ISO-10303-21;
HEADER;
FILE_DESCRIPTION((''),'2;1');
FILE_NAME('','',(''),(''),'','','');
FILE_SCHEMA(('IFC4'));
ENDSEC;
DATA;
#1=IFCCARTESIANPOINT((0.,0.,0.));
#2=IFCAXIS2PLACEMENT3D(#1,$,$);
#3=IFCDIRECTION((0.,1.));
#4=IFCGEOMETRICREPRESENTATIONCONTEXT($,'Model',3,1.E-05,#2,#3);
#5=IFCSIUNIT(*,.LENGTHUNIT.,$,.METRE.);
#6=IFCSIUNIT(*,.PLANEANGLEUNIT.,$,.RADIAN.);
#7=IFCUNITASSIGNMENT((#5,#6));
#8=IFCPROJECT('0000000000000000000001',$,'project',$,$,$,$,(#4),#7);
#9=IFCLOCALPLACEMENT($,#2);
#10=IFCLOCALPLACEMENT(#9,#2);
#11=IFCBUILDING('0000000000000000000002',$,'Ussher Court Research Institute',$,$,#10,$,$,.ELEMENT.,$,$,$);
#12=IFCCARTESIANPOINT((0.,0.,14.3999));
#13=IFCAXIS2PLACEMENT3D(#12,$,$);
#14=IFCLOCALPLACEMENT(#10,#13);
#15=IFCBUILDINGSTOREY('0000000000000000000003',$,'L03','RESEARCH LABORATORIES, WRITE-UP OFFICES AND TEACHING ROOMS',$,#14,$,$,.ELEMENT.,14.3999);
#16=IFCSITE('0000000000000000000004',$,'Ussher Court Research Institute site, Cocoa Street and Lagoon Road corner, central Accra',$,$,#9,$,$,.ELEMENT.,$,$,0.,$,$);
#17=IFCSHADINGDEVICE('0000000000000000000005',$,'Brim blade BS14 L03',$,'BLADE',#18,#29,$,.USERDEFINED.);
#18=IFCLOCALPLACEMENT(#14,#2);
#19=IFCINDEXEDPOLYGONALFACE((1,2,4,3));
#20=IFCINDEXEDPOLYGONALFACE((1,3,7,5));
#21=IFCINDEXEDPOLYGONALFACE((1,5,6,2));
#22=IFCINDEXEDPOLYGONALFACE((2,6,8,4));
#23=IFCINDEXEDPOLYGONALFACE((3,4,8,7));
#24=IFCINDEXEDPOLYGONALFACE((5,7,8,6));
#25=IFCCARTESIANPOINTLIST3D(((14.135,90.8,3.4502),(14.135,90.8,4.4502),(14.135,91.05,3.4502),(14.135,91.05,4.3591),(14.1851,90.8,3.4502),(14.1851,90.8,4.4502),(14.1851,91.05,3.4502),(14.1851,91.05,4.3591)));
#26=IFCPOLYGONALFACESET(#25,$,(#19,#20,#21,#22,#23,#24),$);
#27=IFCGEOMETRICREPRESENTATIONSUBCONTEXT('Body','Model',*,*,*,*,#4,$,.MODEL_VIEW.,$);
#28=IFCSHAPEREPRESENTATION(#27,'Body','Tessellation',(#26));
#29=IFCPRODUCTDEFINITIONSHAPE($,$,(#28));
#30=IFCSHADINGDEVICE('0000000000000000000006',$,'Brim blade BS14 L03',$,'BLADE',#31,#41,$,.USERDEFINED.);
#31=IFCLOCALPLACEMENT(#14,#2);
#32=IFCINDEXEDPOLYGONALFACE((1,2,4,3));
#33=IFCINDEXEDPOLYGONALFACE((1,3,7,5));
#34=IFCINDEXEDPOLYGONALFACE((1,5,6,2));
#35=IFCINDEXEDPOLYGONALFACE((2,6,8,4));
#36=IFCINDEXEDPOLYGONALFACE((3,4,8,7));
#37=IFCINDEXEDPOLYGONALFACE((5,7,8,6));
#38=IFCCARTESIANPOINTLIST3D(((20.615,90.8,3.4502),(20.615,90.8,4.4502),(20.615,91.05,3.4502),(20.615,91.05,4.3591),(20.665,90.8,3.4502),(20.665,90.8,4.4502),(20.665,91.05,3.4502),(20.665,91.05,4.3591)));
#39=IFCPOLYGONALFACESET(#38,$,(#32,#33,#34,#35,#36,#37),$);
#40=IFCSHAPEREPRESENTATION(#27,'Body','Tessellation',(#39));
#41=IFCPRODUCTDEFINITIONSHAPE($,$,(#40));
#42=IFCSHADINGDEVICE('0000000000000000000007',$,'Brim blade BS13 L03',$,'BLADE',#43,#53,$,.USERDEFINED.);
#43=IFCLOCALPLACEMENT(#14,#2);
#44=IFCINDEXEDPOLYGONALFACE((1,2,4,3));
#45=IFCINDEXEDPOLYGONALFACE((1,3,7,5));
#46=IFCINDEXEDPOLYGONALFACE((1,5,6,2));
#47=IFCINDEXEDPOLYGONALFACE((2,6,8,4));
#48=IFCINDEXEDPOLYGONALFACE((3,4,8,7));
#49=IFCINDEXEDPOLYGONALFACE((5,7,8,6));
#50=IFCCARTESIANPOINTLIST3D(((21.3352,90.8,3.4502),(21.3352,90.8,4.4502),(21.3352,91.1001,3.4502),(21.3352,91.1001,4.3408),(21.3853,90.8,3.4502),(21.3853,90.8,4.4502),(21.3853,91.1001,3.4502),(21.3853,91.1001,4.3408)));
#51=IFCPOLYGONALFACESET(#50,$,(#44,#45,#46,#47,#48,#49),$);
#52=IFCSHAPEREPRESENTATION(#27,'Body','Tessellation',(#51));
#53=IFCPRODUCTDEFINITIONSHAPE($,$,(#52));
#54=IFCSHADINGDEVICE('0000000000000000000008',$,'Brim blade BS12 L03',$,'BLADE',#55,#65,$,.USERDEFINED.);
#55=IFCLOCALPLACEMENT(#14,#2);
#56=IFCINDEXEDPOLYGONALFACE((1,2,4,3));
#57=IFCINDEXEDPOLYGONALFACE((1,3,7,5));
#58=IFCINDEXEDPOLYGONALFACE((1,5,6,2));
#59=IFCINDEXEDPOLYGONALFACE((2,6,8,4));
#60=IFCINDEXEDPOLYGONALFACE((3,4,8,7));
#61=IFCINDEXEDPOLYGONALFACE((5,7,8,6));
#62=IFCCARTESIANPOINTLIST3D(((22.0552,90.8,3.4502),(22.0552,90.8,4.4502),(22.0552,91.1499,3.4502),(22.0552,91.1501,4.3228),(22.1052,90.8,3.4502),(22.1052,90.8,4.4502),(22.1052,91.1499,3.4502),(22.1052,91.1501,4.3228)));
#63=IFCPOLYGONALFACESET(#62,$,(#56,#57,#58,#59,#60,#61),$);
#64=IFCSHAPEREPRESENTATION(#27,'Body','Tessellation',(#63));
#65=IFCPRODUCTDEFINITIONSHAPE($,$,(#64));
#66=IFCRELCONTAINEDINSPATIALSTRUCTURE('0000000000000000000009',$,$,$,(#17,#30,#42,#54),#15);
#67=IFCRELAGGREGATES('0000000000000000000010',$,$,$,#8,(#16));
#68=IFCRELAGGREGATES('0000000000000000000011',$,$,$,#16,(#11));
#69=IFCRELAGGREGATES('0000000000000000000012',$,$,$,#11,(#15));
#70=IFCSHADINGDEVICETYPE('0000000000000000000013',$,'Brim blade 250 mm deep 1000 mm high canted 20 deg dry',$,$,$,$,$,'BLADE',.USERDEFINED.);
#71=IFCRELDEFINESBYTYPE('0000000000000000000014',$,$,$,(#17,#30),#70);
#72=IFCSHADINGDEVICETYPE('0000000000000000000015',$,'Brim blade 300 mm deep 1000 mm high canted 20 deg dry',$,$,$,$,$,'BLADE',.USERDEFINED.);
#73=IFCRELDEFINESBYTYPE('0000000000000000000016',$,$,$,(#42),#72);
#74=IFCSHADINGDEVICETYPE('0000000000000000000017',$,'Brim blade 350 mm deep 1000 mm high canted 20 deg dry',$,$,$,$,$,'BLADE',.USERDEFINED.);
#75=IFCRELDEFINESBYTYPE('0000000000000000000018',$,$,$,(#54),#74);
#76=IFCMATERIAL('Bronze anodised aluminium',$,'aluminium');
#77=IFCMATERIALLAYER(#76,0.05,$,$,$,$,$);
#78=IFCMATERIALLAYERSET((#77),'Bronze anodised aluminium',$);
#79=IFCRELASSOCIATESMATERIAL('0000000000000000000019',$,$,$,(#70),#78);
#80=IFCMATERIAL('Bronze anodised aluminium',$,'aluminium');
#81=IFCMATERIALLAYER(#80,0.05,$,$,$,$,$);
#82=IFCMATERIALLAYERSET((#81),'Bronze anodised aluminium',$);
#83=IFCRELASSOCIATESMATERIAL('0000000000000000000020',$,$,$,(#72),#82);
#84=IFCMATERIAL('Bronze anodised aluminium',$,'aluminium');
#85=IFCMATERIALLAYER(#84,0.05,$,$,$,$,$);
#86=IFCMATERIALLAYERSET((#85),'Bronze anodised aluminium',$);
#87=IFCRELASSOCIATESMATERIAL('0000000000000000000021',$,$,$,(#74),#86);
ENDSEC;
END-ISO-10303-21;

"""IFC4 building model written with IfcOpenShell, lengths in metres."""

from ifc_helpers import new_model, si_unit, direction, frame, origin, place, context, subcontext, project, spatial, polyline, outline, extrude, material, layer, layer_set, type_object, element, save


model = new_model("IFC4")

# Units and contexts
model_context = context("Model", 3, precision=1e-05, world=origin(), true_north=direction((0.0, 1.0)))
body_context = subcontext(model_context, "Body", "Model", "MODEL_VIEW")
ifc_project = project(units=[si_unit("LENGTHUNIT", "METRE"), si_unit("PLANEANGLEUNIT", "RADIAN")], contexts=[model_context])

# Site, building, storey
site_placement = place(None, origin())
site = spatial("IfcSite", under=ifc_project, at=site_placement, Name="Ussher Court Research Institute site, Cocoa Street and Lagoon Road corner, central Accra", CompositionType="ELEMENT", RefElevation=0.0)
building_placement = place(site_placement, origin())
building = spatial("IfcBuilding", under=site, at=building_placement, Name="Ussher Court Research Institute", CompositionType="ELEMENT")
storey_placement = place(building_placement, frame((0.0, 0.0, 14.3999)))
storey = spatial("IfcBuildingStorey", under=building, at=storey_placement, Name="L03", Description="RESEARCH LABORATORIES, WRITE-UP OFFICES AND TEACHING ROOMS", CompositionType="ELEMENT", Elevation=14.3999)

# Shading devices
ifc_material_1 = material(Name="Bronze anodised aluminium", Category="aluminium")
ifc_layer_1 = layer(ifc_material_1, 0.05)
ifc_layer_set_1 = layer_set([ifc_layer_1], Name="Bronze anodised aluminium")
shading_device_type_1 = type_object("IfcShadingDeviceType", Name="Brim blade 250 mm deep 1000 mm high canted 20 deg dry", ElementType="BLADE", PredefinedType="USERDEFINED", material=ifc_layer_set_1)
for number, where, z_axis, x_axis, name in (
    (1, (14.1599, 90.8, 3.4502), (0.0, 0.0, 1.0), (0.0, 1.0, 0.0), "Brim blade BS14 L03"),
    (2, (20.6399, 90.8, 3.4502), (0.0, 0.0, 1.0), (0.0, 1.0, 0.0), "Brim blade BS14 L03"),
):
    element("IfcShadingDevice", number, at=place(storey_placement, frame(where, z_axis=z_axis, x_axis=x_axis)), inside=storey, type_object=shading_device_type_1, Name=name, ObjectType="BLADE", PredefinedType="USERDEFINED", context=body_context, shape_type="SweptSolid", body=[
        extrude(outline(polyline([(0.0, 0.0), (0.25, 0.0), (0.25, 0.9089), (0.0, 1.0), (0.0, 0.0)])), frame((0.0, 0.0249, 0.0), z_axis=(0.0, -1.0, 0.0), x_axis=(1.0, 0.0, 0.0)), (0.0, 0.0, 1.0), 0.05),
    ])
ifc_material_2 = material(Name="Bronze anodised aluminium", Category="aluminium")
ifc_layer_2 = layer(ifc_material_2, 0.05)
ifc_layer_set_2 = layer_set([ifc_layer_2], Name="Bronze anodised aluminium")
shading_device_type_2 = type_object("IfcShadingDeviceType", Name="Brim blade 300 mm deep 1000 mm high canted 20 deg dry", ElementType="BLADE", PredefinedType="USERDEFINED", material=ifc_layer_set_2)
shading_device_1_placement = place(storey_placement, frame((21.3601, 90.8, 3.4502), z_axis=(0.0, 0.0, 1.0), x_axis=(0.0, 1.0, 0.0)))
element("IfcShadingDevice", 3, at=shading_device_1_placement, inside=storey, type_object=shading_device_type_2, Name="Brim blade BS13 L03", ObjectType="BLADE", PredefinedType="USERDEFINED", context=body_context, shape_type="SweptSolid", body=[
    extrude(outline(polyline([(0.0, 0.0), (0.3, 0.0), (0.3, 0.8906), (0.0, 1.0), (0.0, 0.0)])), frame((0.0, 0.0249, 0.0), z_axis=(0.0, -1.0, 0.0), x_axis=(1.0, 0.0, 0.0)), (0.0, 0.0, 1.0), 0.05),
])
ifc_material_3 = material(Name="Bronze anodised aluminium", Category="aluminium")
ifc_layer_3 = layer(ifc_material_3, 0.05)
ifc_layer_set_3 = layer_set([ifc_layer_3], Name="Bronze anodised aluminium")
shading_device_type_3 = type_object("IfcShadingDeviceType", Name="Brim blade 350 mm deep 1000 mm high canted 20 deg dry", ElementType="BLADE", PredefinedType="USERDEFINED", material=ifc_layer_set_3)
shading_device_2_placement = place(storey_placement, frame((22.0801, 90.8, 3.4502), z_axis=(0.0, 0.0, 1.0), x_axis=(0.0, 1.0, 0.0)))
element("IfcShadingDevice", 4, at=shading_device_2_placement, inside=storey, type_object=shading_device_type_3, Name="Brim blade BS12 L03", ObjectType="BLADE", PredefinedType="USERDEFINED", context=body_context, shape_type="SweptSolid", body=[
    extrude(outline(polyline([(0.0, 0.0), (0.3499, 0.0), (0.3501, 0.8726), (0.0, 1.0), (0.0, 0.0)])), frame((0.0, 0.0249, 0.0), z_axis=(0.0, -1.0, 0.0), x_axis=(1.0, 0.0, 0.0)), (0.0, 0.0, 1.0), 0.05),
])

save(model, "model.ifc")
